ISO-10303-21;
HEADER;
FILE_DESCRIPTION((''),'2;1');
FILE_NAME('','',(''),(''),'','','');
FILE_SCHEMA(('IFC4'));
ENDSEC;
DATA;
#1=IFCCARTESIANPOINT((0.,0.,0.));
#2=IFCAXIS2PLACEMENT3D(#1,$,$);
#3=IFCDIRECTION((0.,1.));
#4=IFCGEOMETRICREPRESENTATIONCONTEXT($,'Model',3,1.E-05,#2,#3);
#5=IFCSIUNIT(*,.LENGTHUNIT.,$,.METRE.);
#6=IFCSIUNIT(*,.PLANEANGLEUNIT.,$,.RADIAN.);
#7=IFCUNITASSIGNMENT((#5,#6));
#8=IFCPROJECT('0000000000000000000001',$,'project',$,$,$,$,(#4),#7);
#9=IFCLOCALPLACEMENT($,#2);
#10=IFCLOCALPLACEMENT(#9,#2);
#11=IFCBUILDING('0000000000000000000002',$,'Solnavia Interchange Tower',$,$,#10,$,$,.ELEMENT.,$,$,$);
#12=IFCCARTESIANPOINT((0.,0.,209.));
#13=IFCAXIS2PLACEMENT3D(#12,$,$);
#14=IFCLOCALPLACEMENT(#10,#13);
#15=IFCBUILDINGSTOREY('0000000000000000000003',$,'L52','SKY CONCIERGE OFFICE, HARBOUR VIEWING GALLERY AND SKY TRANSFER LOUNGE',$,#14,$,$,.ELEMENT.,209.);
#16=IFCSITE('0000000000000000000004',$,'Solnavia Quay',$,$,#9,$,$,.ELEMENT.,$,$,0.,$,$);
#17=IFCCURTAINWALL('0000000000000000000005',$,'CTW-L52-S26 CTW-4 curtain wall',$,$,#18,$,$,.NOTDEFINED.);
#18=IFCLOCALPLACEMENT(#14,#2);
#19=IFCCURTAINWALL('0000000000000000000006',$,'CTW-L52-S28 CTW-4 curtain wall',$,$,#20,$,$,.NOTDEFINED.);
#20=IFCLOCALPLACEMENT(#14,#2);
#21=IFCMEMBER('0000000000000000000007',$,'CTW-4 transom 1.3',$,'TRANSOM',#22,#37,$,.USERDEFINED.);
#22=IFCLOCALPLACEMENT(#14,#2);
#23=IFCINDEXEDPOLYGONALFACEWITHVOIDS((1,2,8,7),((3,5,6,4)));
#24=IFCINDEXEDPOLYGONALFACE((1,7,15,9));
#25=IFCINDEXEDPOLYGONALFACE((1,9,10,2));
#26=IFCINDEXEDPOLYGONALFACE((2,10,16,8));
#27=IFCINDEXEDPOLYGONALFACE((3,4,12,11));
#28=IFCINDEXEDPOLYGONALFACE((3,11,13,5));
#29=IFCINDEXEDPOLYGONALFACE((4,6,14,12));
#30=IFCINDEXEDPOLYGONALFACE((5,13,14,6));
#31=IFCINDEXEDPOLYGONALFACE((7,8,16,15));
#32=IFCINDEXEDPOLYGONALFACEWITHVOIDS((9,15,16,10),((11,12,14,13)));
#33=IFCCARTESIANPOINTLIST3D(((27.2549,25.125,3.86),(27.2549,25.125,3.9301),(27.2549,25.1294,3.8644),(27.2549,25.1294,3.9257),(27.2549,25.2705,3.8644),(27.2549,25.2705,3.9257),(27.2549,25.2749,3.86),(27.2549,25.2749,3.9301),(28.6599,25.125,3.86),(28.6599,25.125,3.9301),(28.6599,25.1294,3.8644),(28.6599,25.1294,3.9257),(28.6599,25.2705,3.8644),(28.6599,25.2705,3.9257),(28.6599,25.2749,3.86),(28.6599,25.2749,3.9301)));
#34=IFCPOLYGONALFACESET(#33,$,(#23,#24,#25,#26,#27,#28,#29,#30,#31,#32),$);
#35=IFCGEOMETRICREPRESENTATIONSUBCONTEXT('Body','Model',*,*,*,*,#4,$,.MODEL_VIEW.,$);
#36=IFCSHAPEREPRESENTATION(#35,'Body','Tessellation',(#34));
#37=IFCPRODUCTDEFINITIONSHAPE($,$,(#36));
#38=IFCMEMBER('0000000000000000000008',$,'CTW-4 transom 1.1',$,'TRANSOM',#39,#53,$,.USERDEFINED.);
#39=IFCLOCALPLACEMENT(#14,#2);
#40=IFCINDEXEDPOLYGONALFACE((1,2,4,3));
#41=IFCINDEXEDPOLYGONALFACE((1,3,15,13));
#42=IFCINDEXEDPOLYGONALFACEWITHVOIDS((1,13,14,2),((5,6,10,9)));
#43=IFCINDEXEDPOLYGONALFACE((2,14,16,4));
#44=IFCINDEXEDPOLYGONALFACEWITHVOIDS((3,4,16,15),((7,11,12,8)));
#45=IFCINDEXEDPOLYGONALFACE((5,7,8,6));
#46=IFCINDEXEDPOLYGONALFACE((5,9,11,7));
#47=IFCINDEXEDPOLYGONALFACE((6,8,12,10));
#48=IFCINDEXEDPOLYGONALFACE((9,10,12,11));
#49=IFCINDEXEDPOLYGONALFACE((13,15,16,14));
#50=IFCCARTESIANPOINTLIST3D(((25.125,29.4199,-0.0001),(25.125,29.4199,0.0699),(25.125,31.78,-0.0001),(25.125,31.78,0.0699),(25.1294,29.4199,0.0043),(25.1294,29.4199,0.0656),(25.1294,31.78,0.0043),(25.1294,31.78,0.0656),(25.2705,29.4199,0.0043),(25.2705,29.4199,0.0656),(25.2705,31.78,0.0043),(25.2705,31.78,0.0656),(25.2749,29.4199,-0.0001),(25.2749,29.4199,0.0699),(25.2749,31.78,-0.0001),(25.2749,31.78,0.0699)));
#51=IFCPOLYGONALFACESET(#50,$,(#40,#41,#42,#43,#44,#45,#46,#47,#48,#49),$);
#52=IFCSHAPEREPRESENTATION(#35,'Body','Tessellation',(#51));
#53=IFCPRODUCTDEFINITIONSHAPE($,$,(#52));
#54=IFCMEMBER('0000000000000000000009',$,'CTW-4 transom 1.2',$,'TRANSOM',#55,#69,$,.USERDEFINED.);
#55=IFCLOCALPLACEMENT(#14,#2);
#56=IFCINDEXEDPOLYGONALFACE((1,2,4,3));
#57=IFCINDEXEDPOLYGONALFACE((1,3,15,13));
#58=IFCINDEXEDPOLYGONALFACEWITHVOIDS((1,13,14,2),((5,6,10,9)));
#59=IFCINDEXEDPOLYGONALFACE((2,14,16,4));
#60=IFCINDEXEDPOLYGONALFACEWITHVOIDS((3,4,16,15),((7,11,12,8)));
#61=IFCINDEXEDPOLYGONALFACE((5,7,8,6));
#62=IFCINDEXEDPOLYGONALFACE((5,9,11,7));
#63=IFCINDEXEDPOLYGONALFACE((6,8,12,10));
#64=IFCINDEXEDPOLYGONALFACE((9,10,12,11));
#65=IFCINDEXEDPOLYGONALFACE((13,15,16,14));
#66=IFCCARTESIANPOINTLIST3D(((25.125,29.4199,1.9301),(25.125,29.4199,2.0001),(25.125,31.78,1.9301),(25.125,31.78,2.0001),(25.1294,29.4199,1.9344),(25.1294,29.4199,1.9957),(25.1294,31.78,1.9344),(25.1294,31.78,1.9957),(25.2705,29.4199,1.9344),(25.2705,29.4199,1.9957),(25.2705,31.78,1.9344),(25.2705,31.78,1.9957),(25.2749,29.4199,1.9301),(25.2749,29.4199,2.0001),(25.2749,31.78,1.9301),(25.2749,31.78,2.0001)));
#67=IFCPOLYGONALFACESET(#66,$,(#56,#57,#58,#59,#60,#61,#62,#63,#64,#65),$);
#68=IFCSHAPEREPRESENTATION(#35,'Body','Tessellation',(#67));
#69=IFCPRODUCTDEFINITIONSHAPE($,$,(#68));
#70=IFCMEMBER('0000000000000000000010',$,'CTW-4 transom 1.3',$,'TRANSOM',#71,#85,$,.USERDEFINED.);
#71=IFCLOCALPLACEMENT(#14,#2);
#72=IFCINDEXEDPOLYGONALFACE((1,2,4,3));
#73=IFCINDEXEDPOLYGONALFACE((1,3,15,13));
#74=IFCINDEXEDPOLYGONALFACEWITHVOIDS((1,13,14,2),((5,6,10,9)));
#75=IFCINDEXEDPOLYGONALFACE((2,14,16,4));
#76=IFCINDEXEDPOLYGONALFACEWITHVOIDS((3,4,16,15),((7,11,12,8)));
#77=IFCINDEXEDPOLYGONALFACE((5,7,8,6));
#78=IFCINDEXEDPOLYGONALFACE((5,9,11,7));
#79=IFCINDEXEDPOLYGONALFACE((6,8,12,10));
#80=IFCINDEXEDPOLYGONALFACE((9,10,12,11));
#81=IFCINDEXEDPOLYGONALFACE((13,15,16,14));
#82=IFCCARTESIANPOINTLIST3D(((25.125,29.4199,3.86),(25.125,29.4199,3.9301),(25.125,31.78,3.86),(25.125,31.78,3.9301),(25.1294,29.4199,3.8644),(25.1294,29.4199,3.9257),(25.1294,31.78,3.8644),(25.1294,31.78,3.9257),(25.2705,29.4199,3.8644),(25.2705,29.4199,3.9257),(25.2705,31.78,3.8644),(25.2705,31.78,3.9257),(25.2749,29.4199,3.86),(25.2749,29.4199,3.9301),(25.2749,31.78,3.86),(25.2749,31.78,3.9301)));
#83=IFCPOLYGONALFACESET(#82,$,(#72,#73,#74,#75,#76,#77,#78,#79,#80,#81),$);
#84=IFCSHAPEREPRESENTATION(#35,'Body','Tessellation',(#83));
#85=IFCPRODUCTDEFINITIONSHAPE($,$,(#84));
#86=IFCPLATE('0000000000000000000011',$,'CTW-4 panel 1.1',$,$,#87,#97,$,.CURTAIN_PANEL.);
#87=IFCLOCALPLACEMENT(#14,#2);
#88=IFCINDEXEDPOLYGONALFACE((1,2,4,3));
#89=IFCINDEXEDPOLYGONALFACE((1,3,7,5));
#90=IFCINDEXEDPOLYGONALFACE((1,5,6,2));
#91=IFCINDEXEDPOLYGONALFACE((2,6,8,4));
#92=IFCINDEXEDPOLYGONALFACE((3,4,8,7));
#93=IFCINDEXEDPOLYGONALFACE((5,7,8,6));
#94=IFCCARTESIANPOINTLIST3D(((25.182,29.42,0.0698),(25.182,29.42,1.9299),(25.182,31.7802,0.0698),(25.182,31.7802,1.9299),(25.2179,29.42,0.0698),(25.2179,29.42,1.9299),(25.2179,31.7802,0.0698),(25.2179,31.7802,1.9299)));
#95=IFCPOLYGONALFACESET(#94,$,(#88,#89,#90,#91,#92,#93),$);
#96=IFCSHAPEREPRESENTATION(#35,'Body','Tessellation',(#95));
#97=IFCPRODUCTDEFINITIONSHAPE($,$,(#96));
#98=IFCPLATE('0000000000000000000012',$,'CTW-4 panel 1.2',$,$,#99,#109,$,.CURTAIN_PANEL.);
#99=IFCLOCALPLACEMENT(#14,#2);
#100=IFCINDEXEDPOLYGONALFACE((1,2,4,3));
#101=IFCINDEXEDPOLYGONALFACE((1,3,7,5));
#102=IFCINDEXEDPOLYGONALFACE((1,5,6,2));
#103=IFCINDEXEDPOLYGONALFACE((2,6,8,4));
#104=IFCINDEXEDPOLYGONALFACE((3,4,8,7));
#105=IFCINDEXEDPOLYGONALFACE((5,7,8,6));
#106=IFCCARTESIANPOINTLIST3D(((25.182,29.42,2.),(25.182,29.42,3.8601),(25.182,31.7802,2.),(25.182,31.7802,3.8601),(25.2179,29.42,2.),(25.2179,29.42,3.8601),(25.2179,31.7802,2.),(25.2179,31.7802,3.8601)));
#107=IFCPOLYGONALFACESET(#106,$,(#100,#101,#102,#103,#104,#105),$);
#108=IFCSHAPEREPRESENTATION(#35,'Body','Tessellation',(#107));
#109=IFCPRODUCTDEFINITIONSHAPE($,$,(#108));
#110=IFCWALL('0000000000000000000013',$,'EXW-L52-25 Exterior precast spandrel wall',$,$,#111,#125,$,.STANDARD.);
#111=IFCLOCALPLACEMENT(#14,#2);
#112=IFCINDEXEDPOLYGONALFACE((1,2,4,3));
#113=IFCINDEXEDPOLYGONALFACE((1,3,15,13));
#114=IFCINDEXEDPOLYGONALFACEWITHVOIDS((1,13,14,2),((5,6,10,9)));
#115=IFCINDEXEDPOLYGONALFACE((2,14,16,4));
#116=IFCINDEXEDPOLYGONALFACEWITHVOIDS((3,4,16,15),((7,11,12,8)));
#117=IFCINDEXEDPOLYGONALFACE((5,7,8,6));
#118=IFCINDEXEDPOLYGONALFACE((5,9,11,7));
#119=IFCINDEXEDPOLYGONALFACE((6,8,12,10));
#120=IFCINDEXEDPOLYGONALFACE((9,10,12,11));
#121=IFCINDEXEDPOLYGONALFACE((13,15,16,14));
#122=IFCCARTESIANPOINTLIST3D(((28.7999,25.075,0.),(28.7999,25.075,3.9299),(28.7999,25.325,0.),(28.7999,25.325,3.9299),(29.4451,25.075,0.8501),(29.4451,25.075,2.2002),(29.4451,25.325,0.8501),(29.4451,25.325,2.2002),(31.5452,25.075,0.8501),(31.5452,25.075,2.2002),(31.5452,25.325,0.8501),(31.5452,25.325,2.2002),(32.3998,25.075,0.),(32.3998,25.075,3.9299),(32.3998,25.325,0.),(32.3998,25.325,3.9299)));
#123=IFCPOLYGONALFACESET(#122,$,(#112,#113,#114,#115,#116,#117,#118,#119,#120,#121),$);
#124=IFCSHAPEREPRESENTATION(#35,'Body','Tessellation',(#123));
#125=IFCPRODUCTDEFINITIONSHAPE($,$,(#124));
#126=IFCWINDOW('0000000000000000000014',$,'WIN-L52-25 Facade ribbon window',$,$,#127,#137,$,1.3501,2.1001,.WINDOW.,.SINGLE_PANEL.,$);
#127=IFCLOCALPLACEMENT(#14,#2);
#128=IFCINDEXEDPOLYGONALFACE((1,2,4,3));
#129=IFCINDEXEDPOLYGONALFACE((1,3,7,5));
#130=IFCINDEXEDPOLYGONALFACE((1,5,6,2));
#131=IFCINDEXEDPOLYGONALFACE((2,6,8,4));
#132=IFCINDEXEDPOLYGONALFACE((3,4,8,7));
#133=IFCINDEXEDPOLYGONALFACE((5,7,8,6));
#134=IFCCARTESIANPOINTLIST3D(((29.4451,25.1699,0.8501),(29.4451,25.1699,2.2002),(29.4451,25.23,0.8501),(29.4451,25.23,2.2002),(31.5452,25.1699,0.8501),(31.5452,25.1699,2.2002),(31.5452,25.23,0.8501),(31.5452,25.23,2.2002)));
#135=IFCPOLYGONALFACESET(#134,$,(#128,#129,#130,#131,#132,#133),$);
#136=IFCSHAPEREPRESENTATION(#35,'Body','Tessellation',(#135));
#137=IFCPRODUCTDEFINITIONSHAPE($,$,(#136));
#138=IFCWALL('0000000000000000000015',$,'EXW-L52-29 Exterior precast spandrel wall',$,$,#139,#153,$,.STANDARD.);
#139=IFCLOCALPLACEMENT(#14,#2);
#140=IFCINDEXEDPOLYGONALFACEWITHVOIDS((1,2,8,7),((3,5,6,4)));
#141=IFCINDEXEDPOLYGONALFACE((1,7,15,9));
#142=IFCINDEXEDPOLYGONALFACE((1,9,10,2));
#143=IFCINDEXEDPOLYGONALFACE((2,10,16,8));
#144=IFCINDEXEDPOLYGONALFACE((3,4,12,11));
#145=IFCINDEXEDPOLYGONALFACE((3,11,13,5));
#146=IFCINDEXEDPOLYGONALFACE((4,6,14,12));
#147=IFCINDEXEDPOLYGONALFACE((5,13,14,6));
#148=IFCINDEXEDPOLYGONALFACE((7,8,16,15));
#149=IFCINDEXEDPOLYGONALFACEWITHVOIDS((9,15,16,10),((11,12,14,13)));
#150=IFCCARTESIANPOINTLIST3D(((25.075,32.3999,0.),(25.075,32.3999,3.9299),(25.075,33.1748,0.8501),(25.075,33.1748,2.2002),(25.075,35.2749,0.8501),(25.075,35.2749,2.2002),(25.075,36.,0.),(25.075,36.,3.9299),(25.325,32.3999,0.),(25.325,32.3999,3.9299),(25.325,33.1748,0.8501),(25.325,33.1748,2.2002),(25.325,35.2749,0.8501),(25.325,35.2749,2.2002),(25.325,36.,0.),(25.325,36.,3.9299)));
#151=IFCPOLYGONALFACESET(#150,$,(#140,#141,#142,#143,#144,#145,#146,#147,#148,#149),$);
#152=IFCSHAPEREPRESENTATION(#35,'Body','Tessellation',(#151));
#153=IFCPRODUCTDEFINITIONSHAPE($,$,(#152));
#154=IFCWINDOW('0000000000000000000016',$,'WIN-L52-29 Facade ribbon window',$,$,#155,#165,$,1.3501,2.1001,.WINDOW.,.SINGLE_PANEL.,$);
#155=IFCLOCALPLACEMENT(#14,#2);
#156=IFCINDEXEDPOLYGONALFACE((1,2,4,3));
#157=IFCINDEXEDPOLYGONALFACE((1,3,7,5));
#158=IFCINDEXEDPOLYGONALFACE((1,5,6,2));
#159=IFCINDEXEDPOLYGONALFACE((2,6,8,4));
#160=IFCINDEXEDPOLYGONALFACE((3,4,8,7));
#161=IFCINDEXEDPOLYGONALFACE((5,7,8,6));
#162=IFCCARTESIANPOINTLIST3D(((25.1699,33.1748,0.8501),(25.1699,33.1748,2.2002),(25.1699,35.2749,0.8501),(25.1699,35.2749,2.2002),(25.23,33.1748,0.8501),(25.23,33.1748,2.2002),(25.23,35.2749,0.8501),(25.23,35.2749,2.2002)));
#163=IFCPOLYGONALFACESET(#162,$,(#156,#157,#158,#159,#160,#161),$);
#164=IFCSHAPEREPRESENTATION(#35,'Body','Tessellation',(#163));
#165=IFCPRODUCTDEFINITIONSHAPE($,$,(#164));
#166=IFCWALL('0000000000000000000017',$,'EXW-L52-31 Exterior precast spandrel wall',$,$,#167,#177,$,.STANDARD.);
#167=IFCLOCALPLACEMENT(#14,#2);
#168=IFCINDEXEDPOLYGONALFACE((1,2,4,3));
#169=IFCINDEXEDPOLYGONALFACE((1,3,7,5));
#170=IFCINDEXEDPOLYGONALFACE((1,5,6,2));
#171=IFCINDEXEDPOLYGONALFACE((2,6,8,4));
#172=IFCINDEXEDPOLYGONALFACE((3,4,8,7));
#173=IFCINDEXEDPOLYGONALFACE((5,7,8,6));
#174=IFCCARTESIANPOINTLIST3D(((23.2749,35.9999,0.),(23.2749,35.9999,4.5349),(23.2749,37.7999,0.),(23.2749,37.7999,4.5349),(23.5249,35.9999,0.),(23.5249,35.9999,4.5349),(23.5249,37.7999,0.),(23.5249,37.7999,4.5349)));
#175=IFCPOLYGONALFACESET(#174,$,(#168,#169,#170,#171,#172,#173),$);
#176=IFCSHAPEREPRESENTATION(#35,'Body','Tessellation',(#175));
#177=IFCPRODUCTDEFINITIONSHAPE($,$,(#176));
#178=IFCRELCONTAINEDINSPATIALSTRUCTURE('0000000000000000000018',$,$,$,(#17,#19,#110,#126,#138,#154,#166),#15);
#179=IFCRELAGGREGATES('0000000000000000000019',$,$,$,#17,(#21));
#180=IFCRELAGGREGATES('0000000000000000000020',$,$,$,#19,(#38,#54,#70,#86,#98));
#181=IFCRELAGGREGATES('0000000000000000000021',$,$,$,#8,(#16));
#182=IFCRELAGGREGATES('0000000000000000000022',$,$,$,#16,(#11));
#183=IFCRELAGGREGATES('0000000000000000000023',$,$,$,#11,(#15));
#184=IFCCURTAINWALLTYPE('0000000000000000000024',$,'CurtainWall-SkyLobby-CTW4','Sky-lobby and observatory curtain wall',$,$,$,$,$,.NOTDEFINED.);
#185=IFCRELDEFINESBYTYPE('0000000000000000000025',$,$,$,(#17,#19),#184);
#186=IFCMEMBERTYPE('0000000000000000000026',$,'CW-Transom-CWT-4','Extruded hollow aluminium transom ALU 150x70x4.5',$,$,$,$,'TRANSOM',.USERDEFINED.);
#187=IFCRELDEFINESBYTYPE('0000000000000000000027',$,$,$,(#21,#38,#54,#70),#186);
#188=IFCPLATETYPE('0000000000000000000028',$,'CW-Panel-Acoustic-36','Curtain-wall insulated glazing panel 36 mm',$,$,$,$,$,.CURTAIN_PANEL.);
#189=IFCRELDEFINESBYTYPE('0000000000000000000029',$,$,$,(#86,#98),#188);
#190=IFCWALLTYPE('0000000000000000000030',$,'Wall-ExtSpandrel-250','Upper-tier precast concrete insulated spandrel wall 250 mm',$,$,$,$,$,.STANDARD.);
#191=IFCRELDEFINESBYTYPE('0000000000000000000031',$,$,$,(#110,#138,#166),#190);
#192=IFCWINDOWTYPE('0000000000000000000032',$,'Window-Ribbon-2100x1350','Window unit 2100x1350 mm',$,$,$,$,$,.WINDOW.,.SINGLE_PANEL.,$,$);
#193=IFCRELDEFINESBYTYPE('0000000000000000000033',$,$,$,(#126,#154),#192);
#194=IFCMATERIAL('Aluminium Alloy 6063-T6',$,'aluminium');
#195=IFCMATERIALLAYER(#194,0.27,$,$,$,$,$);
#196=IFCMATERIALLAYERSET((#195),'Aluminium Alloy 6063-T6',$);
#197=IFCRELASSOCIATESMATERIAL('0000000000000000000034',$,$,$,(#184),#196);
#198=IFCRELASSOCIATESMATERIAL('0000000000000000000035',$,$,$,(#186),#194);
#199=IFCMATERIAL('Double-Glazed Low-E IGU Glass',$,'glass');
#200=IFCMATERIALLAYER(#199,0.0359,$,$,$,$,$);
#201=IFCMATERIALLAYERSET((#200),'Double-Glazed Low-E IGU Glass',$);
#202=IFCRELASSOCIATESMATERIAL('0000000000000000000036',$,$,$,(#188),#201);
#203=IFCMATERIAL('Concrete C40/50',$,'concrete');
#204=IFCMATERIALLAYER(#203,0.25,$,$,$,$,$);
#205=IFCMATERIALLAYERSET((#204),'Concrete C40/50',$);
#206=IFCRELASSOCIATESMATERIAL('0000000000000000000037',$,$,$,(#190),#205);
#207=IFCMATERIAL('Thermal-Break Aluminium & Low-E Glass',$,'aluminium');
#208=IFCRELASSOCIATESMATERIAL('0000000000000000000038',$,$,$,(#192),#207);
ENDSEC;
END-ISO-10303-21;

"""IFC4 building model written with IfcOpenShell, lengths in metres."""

from ifc_helpers import new_model, si_unit, direction, frame, frame_2d, origin, origin_2d, place, context, subcontext, project, spatial, rectangle, hollow_rectangle, extrude, material, layer, layer_set, material_profile, profile_set, type_object, element, fill, aggregate, save


model = new_model("IFC4")

# Units and contexts
model_context = context("Model", 3, precision=1e-05, world=origin(), true_north=direction((0.0, 1.0)))
body_context = subcontext(model_context, "Body", "Model", "MODEL_VIEW")
ifc_project = project(units=[si_unit("LENGTHUNIT", "METRE"), si_unit("PLANEANGLEUNIT", "RADIAN")], contexts=[model_context])

# Site, building, storey
site_placement = place(None, origin())
site = spatial("IfcSite", under=ifc_project, at=site_placement, Name="Solnavia Quay", CompositionType="ELEMENT", RefElevation=0.0)
building_placement = place(site_placement, origin())
building = spatial("IfcBuilding", under=site, at=building_placement, Name="Solnavia Interchange Tower", CompositionType="ELEMENT")
storey_placement = place(building_placement, frame((0.0, 0.0, 209.0)))
storey = spatial("IfcBuildingStorey", under=building, at=storey_placement, Name="L52", Description="SKY CONCIERGE OFFICE, HARBOUR VIEWING GALLERY AND SKY TRANSFER LOUNGE", CompositionType="ELEMENT", Elevation=209.0)

# Curtain wall
ifc_material_1 = material(Name="Aluminium Alloy 6063-T6", Category="aluminium")
ifc_layer_1 = layer(ifc_material_1, 0.27)
ifc_layer_set_1 = layer_set([ifc_layer_1], Name="Aluminium Alloy 6063-T6")
curtain_wall_type = type_object("IfcCurtainWallType", Name="CurtainWall-SkyLobby-CTW4", Description="Sky-lobby and observatory curtain wall", PredefinedType="NOTDEFINED", material=ifc_layer_set_1)
curtain_wall_1_placement = place(storey_placement, origin())
curtain_wall_1 = element("IfcCurtainWall", 1, at=curtain_wall_1_placement, inside=storey, type_object=curtain_wall_type, Name="CTW-L52-S26 CTW-4 curtain wall", PredefinedType="NOTDEFINED")

# Curtain wall
curtain_wall_2_placement = place(storey_placement, origin())
curtain_wall_2 = element("IfcCurtainWall", 2, at=curtain_wall_2_placement, inside=storey, type_object=curtain_wall_type, Name="CTW-L52-S28 CTW-4 curtain wall", PredefinedType="NOTDEFINED")

# Members
ifc_material_profile_1 = material_profile(ifc_material_1, hollow_rectangle(XDim=0.0701, YDim=0.1499, WallThickness=0.0044, at=origin_2d()), Name="ALU 150x70x4.5")
ifc_profile_set_1 = profile_set([ifc_material_profile_1], Name="Aluminium Alloy 6063-T6")
member_type_1 = type_object("IfcMemberType", Name="CW-Transom-CWT-4", Description="Extruded hollow aluminium transom ALU 150x70x4.5", ElementType="TRANSOM", PredefinedType="USERDEFINED", material=ifc_profile_set_1)
member_1_placement = place(storey_placement, frame((28.6599, 25.2, 3.895), z_axis=(-1.0, 0.0, 0.0), x_axis=(0.0, 0.0, 1.0)))
member_1 = element("IfcMember", 3, at=member_1_placement, type_object=member_type_1, Name="CTW-4 transom 1.3", ObjectType="TRANSOM", PredefinedType="USERDEFINED", context=body_context, shape_type="SweptSolid", body=[
    extrude(hollow_rectangle(XDim=0.0701, YDim=0.1499, WallThickness=0.0044, at=origin_2d()), origin(), (0.0, 0.0, 1.0), 1.405),
])
aggregate(curtain_wall_1, [member_1])
member_2_placement = place(storey_placement, frame((25.2, 29.4199, 0.0349), z_axis=(0.0, 1.0, 0.0), x_axis=(0.0, 0.0, 1.0)))
member_2 = element("IfcMember", 4, at=member_2_placement, type_object=member_type_1, Name="CTW-4 transom 1.1", ObjectType="TRANSOM", PredefinedType="USERDEFINED", context=body_context, shape_type="SweptSolid", body=[
    extrude(hollow_rectangle(XDim=0.0701, YDim=0.1499, WallThickness=0.0044, at=origin_2d()), origin(), (0.0, 0.0, 1.0), 2.3601),
])
member_3_placement = place(storey_placement, frame((25.2, 29.4199, 1.9651), z_axis=(0.0, 1.0, 0.0), x_axis=(0.0, 0.0, 1.0)))
member_3 = element("IfcMember", 5, at=member_3_placement, type_object=member_type_1, Name="CTW-4 transom 1.2", ObjectType="TRANSOM", PredefinedType="USERDEFINED", context=body_context, shape_type="SweptSolid", body=[
    extrude(hollow_rectangle(XDim=0.0701, YDim=0.1499, WallThickness=0.0044, at=origin_2d()), origin(), (0.0, 0.0, 1.0), 2.3601),
])
member_4_placement = place(storey_placement, frame((25.2, 29.4199, 3.895), z_axis=(0.0, 1.0, 0.0), x_axis=(0.0, 0.0, 1.0)))
member_4 = element("IfcMember", 6, at=member_4_placement, type_object=member_type_1, Name="CTW-4 transom 1.3", ObjectType="TRANSOM", PredefinedType="USERDEFINED", context=body_context, shape_type="SweptSolid", body=[
    extrude(hollow_rectangle(XDim=0.0701, YDim=0.1499, WallThickness=0.0044, at=origin_2d()), origin(), (0.0, 0.0, 1.0), 2.3601),
])

# Plates
ifc_material_2 = material(Name="Double-Glazed Low-E IGU Glass", Category="glass")
ifc_layer_2 = layer(ifc_material_2, 0.0359)
ifc_layer_set_2 = layer_set([ifc_layer_2], Name="Double-Glazed Low-E IGU Glass")
plate_type = type_object("IfcPlateType", Name="CW-Panel-Acoustic-36", Description="Curtain-wall insulated glazing panel 36 mm", PredefinedType="CURTAIN_PANEL", material=ifc_layer_set_2)
plate_1_placement = place(storey_placement, frame((25.2, 30.6001, 0.0698), z_axis=(0.0, 0.0, 1.0), x_axis=(0.0, 1.0, 0.0)))
plate_1 = element("IfcPlate", 7, at=plate_1_placement, type_object=plate_type, Name="CTW-4 panel 1.1", PredefinedType="CURTAIN_PANEL", context=body_context, shape_type="SweptSolid", body=[
    extrude(rectangle(XDim=2.3601, YDim=0.0359, at=origin_2d()), origin(), (0.0, 0.0, 1.0), 1.8601),
])
plate_2_placement = place(storey_placement, frame((25.2, 30.6001, 2.0), z_axis=(0.0, 0.0, 1.0), x_axis=(0.0, 1.0, 0.0)))
plate_2 = element("IfcPlate", 8, at=plate_2_placement, type_object=plate_type, Name="CTW-4 panel 1.2", PredefinedType="CURTAIN_PANEL", context=body_context, shape_type="SweptSolid", body=[
    extrude(rectangle(XDim=2.3601, YDim=0.0359, at=origin_2d()), origin(), (0.0, 0.0, 1.0), 1.8601),
])
aggregate(curtain_wall_2, [member_2, member_3, member_4, plate_1, plate_2])

# Walls, openings, windows
ifc_material_3 = material(Name="Concrete C40/50", Category="concrete")
ifc_layer_3 = layer(ifc_material_3, 0.25)
ifc_layer_set_3 = layer_set([ifc_layer_3], Name="Concrete C40/50")
wall_type = type_object("IfcWallType", Name="Wall-ExtSpandrel-250", Description="Upper-tier precast concrete insulated spandrel wall 250 mm", PredefinedType="STANDARD", material=ifc_layer_set_3)
wall_1_placement = place(storey_placement, frame((28.8, 25.2, 0.0), z_axis=(0.0, 0.0, 1.0), x_axis=(1.0, 0.0, 0.0)))
wall_1 = element("IfcWall", 9, at=wall_1_placement, inside=storey, type_object=wall_type, Name="EXW-L52-25 Exterior precast spandrel wall", PredefinedType="STANDARD", context=body_context, shape_type="SweptSolid", body=[
    extrude(rectangle(XDim=3.5999, YDim=0.25, at=frame_2d((1.7998, 0.0))), origin(), (0.0, 0.0, 1.0), 3.9299),
])
opening_1_placement = place(wall_1_placement, frame((0.645, 0.0, 0.8501)))
opening_1 = element("IfcOpeningElement", 10, at=opening_1_placement, cuts=wall_1, PredefinedType="OPENING", context=body_context, shape_type="SweptSolid", body=[
    extrude(rectangle(XDim=2.1001, YDim=1.3501, at=frame_2d((1.05, 0.675))), frame((0.0, 0.135, 0.0), z_axis=(0.0, -1.0, 0.0), x_axis=(1.0, 0.0, 0.0)), (0.0, 0.0, 1.0), 0.27),
])
ifc_material_4 = material(Name="Thermal-Break Aluminium & Low-E Glass", Category="aluminium")
window_type = type_object("IfcWindowType", Name="Window-Ribbon-2100x1350", Description="Window unit 2100x1350 mm", PartitioningType="SINGLE_PANEL", PredefinedType="WINDOW", material=ifc_material_4)
window_1_placement = place(opening_1_placement, origin())
window_1 = element("IfcWindow", 11, at=window_1_placement, inside=storey, type_object=window_type, Name="WIN-L52-25 Facade ribbon window", OverallHeight=1.3501, OverallWidth=2.1001, PartitioningType="SINGLE_PANEL", PredefinedType="WINDOW", context=body_context, shape_type="SweptSolid", body=[
    extrude(rectangle(XDim=2.1001, YDim=1.3501, at=frame_2d((1.05, 0.675))), frame((0.0, 0.03, 0.0), z_axis=(0.0, -1.0, 0.0), x_axis=(1.0, 0.0, 0.0)), (0.0, 0.0, 1.0), 0.0601),
])
fill(opening_1, window_1)
wall_2_placement = place(storey_placement, frame((25.2, 32.3999, 0.0), z_axis=(0.0, 0.0, 1.0), x_axis=(0.0, 1.0, 0.0)))
wall_2 = element("IfcWall", 12, at=wall_2_placement, inside=storey, type_object=wall_type, Name="EXW-L52-29 Exterior precast spandrel wall", PredefinedType="STANDARD", context=body_context, shape_type="SweptSolid", body=[
    extrude(rectangle(XDim=3.6001, YDim=0.25, at=frame_2d((1.8, 0.0))), origin(), (0.0, 0.0, 1.0), 3.9299),
])
opening_2_placement = place(wall_2_placement, frame((0.7749, 0.0, 0.8501)))
opening_2 = element("IfcOpeningElement", 13, at=opening_2_placement, cuts=wall_2, PredefinedType="OPENING", context=body_context, shape_type="SweptSolid", body=[
    extrude(rectangle(XDim=2.1001, YDim=1.3501, at=frame_2d((1.05, 0.675))), frame((0.0, 0.135, 0.0), z_axis=(0.0, -1.0, 0.0), x_axis=(1.0, 0.0, 0.0)), (0.0, 0.0, 1.0), 0.27),
])
window_2_placement = place(opening_2_placement, origin())
window_2 = element("IfcWindow", 14, at=window_2_placement, inside=storey, type_object=window_type, Name="WIN-L52-29 Facade ribbon window", OverallHeight=1.3501, OverallWidth=2.1001, PartitioningType="SINGLE_PANEL", PredefinedType="WINDOW", context=body_context, shape_type="SweptSolid", body=[
    extrude(rectangle(XDim=2.1001, YDim=1.3501, at=frame_2d((1.05, 0.675))), frame((0.0, 0.03, 0.0), z_axis=(0.0, -1.0, 0.0), x_axis=(1.0, 0.0, 0.0)), (0.0, 0.0, 1.0), 0.0601),
])
fill(opening_2, window_2)

# Wall
wall_3_placement = place(storey_placement, frame((23.3999, 36.0, 0.0), z_axis=(0.0, 0.0, 1.0), x_axis=(0.0, 1.0, 0.0)))
element("IfcWall", 15, at=wall_3_placement, inside=storey, type_object=wall_type, Name="EXW-L52-31 Exterior precast spandrel wall", PredefinedType="STANDARD", context=body_context, shape_type="SweptSolid", body=[
    extrude(rectangle(XDim=1.8, YDim=0.25, at=frame_2d((0.8999, 0.0))), origin(), (0.0, 0.0, 1.0), 4.5349),
])

save(model, "model.ifc")
